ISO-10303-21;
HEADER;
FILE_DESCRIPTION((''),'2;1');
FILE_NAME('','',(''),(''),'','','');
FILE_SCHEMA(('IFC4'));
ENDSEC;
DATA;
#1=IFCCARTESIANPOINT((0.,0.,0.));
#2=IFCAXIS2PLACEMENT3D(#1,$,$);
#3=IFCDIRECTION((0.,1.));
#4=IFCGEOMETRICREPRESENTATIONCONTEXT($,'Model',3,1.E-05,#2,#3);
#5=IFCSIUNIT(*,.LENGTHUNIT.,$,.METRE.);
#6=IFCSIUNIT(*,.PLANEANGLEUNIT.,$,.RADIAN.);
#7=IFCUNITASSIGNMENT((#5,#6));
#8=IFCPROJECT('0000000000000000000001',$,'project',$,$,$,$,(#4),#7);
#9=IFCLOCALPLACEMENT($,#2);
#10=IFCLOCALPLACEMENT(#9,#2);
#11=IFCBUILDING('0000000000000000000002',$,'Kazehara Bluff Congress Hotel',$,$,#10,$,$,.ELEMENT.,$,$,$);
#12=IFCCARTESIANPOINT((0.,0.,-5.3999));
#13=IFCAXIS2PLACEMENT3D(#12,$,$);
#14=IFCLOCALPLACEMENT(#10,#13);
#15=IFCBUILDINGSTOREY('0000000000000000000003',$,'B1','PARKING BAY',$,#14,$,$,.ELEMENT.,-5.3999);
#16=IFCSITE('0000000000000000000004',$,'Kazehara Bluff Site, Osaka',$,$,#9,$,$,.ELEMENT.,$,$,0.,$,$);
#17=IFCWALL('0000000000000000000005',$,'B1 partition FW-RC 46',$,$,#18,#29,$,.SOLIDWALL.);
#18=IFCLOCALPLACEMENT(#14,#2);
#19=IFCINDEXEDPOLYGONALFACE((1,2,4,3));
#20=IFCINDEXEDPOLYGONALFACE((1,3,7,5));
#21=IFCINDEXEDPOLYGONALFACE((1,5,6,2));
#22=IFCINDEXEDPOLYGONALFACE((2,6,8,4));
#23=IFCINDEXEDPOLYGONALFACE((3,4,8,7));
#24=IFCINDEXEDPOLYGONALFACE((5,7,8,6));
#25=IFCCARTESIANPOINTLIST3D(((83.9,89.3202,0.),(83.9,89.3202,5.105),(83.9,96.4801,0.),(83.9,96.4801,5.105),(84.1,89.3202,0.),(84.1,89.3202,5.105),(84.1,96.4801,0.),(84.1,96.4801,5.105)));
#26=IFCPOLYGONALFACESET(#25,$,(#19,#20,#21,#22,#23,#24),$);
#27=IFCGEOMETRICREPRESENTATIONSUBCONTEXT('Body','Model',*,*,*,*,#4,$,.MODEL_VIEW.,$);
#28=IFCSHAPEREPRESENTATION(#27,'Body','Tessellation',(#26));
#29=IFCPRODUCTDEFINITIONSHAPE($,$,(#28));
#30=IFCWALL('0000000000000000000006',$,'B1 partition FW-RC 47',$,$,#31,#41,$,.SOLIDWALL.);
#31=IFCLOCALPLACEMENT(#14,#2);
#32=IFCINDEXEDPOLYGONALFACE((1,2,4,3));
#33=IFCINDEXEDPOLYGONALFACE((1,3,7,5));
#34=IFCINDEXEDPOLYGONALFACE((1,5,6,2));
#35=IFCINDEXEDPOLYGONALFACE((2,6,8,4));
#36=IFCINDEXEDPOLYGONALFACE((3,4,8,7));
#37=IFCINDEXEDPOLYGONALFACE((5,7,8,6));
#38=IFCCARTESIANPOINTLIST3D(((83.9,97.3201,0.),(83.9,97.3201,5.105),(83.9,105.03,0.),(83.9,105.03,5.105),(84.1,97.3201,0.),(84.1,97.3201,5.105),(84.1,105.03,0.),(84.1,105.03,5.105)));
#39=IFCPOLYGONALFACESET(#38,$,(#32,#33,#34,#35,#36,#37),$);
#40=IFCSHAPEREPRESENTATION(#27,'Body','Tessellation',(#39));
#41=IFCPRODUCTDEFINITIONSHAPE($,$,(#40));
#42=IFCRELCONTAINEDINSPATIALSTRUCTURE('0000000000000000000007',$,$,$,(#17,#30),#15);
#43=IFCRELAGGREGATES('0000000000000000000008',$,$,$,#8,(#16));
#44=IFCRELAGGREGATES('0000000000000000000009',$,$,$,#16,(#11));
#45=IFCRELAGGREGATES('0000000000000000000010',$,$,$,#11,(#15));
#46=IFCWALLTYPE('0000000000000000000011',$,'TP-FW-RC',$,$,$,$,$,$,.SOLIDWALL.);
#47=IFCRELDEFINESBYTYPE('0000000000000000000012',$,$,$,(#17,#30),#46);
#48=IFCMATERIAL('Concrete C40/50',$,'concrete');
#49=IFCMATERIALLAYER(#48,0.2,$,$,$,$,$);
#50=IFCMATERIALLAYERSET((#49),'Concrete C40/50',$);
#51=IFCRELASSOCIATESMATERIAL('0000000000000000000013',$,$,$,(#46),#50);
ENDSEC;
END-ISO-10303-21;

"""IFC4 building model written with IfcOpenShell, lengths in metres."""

from ifc_helpers import new_model, si_unit, direction, frame, frame_2d, origin, place, context, subcontext, project, spatial, rectangle, extrude, material, layer, layer_set, type_object, element, save


model = new_model("IFC4")

# Units and contexts
model_context = context("Model", 3, precision=1e-05, world=origin(), true_north=direction((0.0, 1.0)))
body_context = subcontext(model_context, "Body", "Model", "MODEL_VIEW")
ifc_project = project(units=[si_unit("LENGTHUNIT", "METRE"), si_unit("PLANEANGLEUNIT", "RADIAN")], contexts=[model_context])

# Site, building, storey
site_placement = place(None, origin())
site = spatial("IfcSite", under=ifc_project, at=site_placement, Name="Kazehara Bluff Site, Osaka", CompositionType="ELEMENT", RefElevation=0.0)
building_placement = place(site_placement, origin())
building = spatial("IfcBuilding", under=site, at=building_placement, Name="Kazehara Bluff Congress Hotel", CompositionType="ELEMENT")
storey_placement = place(building_placement, frame((0.0, 0.0, -5.3999)))
storey = spatial("IfcBuildingStorey", under=building, at=storey_placement, Name="B1", Description="PARKING BAY", CompositionType="ELEMENT", Elevation=-5.3999)

# Shared definitions
ifc_material_1 = material(Name="Concrete C40/50", Category="concrete")
ifc_layer_1 = layer(ifc_material_1, 0.2)
ifc_layer_set_1 = layer_set([ifc_layer_1], Name="Concrete C40/50")
wall_type = type_object("IfcWallType", Name="TP-FW-RC", PredefinedType="SOLIDWALL", material=ifc_layer_set_1)

# Walls
wall_1_placement = place(storey_placement, frame((84.0, 89.3201, 0.0), z_axis=(0.0, 0.0, 1.0), x_axis=(0.0, 1.0, 0.0)))
element("IfcWall", 1, at=wall_1_placement, inside=storey, type_object=wall_type, Name="B1 partition FW-RC 46", PredefinedType="SOLIDWALL", context=body_context, shape_type="SweptSolid", body=[
    extrude(rectangle(XDim=7.1599, YDim=0.2, at=frame_2d((3.5801, 0.0))), origin(), (0.0, 0.0, 1.0), 5.105),
])
wall_2_placement = place(storey_placement, frame((84.0, 97.3201, 0.0), z_axis=(0.0, 0.0, 1.0), x_axis=(0.0, 1.0, 0.0)))
element("IfcWall", 2, at=wall_2_placement, inside=storey, type_object=wall_type, Name="B1 partition FW-RC 47", PredefinedType="SOLIDWALL", context=body_context, shape_type="SweptSolid", body=[
    extrude(rectangle(XDim=7.71, YDim=0.2, at=frame_2d((3.855, 0.0))), origin(), (0.0, 0.0, 1.0), 5.105),
])

save(model, "model.ifc")
